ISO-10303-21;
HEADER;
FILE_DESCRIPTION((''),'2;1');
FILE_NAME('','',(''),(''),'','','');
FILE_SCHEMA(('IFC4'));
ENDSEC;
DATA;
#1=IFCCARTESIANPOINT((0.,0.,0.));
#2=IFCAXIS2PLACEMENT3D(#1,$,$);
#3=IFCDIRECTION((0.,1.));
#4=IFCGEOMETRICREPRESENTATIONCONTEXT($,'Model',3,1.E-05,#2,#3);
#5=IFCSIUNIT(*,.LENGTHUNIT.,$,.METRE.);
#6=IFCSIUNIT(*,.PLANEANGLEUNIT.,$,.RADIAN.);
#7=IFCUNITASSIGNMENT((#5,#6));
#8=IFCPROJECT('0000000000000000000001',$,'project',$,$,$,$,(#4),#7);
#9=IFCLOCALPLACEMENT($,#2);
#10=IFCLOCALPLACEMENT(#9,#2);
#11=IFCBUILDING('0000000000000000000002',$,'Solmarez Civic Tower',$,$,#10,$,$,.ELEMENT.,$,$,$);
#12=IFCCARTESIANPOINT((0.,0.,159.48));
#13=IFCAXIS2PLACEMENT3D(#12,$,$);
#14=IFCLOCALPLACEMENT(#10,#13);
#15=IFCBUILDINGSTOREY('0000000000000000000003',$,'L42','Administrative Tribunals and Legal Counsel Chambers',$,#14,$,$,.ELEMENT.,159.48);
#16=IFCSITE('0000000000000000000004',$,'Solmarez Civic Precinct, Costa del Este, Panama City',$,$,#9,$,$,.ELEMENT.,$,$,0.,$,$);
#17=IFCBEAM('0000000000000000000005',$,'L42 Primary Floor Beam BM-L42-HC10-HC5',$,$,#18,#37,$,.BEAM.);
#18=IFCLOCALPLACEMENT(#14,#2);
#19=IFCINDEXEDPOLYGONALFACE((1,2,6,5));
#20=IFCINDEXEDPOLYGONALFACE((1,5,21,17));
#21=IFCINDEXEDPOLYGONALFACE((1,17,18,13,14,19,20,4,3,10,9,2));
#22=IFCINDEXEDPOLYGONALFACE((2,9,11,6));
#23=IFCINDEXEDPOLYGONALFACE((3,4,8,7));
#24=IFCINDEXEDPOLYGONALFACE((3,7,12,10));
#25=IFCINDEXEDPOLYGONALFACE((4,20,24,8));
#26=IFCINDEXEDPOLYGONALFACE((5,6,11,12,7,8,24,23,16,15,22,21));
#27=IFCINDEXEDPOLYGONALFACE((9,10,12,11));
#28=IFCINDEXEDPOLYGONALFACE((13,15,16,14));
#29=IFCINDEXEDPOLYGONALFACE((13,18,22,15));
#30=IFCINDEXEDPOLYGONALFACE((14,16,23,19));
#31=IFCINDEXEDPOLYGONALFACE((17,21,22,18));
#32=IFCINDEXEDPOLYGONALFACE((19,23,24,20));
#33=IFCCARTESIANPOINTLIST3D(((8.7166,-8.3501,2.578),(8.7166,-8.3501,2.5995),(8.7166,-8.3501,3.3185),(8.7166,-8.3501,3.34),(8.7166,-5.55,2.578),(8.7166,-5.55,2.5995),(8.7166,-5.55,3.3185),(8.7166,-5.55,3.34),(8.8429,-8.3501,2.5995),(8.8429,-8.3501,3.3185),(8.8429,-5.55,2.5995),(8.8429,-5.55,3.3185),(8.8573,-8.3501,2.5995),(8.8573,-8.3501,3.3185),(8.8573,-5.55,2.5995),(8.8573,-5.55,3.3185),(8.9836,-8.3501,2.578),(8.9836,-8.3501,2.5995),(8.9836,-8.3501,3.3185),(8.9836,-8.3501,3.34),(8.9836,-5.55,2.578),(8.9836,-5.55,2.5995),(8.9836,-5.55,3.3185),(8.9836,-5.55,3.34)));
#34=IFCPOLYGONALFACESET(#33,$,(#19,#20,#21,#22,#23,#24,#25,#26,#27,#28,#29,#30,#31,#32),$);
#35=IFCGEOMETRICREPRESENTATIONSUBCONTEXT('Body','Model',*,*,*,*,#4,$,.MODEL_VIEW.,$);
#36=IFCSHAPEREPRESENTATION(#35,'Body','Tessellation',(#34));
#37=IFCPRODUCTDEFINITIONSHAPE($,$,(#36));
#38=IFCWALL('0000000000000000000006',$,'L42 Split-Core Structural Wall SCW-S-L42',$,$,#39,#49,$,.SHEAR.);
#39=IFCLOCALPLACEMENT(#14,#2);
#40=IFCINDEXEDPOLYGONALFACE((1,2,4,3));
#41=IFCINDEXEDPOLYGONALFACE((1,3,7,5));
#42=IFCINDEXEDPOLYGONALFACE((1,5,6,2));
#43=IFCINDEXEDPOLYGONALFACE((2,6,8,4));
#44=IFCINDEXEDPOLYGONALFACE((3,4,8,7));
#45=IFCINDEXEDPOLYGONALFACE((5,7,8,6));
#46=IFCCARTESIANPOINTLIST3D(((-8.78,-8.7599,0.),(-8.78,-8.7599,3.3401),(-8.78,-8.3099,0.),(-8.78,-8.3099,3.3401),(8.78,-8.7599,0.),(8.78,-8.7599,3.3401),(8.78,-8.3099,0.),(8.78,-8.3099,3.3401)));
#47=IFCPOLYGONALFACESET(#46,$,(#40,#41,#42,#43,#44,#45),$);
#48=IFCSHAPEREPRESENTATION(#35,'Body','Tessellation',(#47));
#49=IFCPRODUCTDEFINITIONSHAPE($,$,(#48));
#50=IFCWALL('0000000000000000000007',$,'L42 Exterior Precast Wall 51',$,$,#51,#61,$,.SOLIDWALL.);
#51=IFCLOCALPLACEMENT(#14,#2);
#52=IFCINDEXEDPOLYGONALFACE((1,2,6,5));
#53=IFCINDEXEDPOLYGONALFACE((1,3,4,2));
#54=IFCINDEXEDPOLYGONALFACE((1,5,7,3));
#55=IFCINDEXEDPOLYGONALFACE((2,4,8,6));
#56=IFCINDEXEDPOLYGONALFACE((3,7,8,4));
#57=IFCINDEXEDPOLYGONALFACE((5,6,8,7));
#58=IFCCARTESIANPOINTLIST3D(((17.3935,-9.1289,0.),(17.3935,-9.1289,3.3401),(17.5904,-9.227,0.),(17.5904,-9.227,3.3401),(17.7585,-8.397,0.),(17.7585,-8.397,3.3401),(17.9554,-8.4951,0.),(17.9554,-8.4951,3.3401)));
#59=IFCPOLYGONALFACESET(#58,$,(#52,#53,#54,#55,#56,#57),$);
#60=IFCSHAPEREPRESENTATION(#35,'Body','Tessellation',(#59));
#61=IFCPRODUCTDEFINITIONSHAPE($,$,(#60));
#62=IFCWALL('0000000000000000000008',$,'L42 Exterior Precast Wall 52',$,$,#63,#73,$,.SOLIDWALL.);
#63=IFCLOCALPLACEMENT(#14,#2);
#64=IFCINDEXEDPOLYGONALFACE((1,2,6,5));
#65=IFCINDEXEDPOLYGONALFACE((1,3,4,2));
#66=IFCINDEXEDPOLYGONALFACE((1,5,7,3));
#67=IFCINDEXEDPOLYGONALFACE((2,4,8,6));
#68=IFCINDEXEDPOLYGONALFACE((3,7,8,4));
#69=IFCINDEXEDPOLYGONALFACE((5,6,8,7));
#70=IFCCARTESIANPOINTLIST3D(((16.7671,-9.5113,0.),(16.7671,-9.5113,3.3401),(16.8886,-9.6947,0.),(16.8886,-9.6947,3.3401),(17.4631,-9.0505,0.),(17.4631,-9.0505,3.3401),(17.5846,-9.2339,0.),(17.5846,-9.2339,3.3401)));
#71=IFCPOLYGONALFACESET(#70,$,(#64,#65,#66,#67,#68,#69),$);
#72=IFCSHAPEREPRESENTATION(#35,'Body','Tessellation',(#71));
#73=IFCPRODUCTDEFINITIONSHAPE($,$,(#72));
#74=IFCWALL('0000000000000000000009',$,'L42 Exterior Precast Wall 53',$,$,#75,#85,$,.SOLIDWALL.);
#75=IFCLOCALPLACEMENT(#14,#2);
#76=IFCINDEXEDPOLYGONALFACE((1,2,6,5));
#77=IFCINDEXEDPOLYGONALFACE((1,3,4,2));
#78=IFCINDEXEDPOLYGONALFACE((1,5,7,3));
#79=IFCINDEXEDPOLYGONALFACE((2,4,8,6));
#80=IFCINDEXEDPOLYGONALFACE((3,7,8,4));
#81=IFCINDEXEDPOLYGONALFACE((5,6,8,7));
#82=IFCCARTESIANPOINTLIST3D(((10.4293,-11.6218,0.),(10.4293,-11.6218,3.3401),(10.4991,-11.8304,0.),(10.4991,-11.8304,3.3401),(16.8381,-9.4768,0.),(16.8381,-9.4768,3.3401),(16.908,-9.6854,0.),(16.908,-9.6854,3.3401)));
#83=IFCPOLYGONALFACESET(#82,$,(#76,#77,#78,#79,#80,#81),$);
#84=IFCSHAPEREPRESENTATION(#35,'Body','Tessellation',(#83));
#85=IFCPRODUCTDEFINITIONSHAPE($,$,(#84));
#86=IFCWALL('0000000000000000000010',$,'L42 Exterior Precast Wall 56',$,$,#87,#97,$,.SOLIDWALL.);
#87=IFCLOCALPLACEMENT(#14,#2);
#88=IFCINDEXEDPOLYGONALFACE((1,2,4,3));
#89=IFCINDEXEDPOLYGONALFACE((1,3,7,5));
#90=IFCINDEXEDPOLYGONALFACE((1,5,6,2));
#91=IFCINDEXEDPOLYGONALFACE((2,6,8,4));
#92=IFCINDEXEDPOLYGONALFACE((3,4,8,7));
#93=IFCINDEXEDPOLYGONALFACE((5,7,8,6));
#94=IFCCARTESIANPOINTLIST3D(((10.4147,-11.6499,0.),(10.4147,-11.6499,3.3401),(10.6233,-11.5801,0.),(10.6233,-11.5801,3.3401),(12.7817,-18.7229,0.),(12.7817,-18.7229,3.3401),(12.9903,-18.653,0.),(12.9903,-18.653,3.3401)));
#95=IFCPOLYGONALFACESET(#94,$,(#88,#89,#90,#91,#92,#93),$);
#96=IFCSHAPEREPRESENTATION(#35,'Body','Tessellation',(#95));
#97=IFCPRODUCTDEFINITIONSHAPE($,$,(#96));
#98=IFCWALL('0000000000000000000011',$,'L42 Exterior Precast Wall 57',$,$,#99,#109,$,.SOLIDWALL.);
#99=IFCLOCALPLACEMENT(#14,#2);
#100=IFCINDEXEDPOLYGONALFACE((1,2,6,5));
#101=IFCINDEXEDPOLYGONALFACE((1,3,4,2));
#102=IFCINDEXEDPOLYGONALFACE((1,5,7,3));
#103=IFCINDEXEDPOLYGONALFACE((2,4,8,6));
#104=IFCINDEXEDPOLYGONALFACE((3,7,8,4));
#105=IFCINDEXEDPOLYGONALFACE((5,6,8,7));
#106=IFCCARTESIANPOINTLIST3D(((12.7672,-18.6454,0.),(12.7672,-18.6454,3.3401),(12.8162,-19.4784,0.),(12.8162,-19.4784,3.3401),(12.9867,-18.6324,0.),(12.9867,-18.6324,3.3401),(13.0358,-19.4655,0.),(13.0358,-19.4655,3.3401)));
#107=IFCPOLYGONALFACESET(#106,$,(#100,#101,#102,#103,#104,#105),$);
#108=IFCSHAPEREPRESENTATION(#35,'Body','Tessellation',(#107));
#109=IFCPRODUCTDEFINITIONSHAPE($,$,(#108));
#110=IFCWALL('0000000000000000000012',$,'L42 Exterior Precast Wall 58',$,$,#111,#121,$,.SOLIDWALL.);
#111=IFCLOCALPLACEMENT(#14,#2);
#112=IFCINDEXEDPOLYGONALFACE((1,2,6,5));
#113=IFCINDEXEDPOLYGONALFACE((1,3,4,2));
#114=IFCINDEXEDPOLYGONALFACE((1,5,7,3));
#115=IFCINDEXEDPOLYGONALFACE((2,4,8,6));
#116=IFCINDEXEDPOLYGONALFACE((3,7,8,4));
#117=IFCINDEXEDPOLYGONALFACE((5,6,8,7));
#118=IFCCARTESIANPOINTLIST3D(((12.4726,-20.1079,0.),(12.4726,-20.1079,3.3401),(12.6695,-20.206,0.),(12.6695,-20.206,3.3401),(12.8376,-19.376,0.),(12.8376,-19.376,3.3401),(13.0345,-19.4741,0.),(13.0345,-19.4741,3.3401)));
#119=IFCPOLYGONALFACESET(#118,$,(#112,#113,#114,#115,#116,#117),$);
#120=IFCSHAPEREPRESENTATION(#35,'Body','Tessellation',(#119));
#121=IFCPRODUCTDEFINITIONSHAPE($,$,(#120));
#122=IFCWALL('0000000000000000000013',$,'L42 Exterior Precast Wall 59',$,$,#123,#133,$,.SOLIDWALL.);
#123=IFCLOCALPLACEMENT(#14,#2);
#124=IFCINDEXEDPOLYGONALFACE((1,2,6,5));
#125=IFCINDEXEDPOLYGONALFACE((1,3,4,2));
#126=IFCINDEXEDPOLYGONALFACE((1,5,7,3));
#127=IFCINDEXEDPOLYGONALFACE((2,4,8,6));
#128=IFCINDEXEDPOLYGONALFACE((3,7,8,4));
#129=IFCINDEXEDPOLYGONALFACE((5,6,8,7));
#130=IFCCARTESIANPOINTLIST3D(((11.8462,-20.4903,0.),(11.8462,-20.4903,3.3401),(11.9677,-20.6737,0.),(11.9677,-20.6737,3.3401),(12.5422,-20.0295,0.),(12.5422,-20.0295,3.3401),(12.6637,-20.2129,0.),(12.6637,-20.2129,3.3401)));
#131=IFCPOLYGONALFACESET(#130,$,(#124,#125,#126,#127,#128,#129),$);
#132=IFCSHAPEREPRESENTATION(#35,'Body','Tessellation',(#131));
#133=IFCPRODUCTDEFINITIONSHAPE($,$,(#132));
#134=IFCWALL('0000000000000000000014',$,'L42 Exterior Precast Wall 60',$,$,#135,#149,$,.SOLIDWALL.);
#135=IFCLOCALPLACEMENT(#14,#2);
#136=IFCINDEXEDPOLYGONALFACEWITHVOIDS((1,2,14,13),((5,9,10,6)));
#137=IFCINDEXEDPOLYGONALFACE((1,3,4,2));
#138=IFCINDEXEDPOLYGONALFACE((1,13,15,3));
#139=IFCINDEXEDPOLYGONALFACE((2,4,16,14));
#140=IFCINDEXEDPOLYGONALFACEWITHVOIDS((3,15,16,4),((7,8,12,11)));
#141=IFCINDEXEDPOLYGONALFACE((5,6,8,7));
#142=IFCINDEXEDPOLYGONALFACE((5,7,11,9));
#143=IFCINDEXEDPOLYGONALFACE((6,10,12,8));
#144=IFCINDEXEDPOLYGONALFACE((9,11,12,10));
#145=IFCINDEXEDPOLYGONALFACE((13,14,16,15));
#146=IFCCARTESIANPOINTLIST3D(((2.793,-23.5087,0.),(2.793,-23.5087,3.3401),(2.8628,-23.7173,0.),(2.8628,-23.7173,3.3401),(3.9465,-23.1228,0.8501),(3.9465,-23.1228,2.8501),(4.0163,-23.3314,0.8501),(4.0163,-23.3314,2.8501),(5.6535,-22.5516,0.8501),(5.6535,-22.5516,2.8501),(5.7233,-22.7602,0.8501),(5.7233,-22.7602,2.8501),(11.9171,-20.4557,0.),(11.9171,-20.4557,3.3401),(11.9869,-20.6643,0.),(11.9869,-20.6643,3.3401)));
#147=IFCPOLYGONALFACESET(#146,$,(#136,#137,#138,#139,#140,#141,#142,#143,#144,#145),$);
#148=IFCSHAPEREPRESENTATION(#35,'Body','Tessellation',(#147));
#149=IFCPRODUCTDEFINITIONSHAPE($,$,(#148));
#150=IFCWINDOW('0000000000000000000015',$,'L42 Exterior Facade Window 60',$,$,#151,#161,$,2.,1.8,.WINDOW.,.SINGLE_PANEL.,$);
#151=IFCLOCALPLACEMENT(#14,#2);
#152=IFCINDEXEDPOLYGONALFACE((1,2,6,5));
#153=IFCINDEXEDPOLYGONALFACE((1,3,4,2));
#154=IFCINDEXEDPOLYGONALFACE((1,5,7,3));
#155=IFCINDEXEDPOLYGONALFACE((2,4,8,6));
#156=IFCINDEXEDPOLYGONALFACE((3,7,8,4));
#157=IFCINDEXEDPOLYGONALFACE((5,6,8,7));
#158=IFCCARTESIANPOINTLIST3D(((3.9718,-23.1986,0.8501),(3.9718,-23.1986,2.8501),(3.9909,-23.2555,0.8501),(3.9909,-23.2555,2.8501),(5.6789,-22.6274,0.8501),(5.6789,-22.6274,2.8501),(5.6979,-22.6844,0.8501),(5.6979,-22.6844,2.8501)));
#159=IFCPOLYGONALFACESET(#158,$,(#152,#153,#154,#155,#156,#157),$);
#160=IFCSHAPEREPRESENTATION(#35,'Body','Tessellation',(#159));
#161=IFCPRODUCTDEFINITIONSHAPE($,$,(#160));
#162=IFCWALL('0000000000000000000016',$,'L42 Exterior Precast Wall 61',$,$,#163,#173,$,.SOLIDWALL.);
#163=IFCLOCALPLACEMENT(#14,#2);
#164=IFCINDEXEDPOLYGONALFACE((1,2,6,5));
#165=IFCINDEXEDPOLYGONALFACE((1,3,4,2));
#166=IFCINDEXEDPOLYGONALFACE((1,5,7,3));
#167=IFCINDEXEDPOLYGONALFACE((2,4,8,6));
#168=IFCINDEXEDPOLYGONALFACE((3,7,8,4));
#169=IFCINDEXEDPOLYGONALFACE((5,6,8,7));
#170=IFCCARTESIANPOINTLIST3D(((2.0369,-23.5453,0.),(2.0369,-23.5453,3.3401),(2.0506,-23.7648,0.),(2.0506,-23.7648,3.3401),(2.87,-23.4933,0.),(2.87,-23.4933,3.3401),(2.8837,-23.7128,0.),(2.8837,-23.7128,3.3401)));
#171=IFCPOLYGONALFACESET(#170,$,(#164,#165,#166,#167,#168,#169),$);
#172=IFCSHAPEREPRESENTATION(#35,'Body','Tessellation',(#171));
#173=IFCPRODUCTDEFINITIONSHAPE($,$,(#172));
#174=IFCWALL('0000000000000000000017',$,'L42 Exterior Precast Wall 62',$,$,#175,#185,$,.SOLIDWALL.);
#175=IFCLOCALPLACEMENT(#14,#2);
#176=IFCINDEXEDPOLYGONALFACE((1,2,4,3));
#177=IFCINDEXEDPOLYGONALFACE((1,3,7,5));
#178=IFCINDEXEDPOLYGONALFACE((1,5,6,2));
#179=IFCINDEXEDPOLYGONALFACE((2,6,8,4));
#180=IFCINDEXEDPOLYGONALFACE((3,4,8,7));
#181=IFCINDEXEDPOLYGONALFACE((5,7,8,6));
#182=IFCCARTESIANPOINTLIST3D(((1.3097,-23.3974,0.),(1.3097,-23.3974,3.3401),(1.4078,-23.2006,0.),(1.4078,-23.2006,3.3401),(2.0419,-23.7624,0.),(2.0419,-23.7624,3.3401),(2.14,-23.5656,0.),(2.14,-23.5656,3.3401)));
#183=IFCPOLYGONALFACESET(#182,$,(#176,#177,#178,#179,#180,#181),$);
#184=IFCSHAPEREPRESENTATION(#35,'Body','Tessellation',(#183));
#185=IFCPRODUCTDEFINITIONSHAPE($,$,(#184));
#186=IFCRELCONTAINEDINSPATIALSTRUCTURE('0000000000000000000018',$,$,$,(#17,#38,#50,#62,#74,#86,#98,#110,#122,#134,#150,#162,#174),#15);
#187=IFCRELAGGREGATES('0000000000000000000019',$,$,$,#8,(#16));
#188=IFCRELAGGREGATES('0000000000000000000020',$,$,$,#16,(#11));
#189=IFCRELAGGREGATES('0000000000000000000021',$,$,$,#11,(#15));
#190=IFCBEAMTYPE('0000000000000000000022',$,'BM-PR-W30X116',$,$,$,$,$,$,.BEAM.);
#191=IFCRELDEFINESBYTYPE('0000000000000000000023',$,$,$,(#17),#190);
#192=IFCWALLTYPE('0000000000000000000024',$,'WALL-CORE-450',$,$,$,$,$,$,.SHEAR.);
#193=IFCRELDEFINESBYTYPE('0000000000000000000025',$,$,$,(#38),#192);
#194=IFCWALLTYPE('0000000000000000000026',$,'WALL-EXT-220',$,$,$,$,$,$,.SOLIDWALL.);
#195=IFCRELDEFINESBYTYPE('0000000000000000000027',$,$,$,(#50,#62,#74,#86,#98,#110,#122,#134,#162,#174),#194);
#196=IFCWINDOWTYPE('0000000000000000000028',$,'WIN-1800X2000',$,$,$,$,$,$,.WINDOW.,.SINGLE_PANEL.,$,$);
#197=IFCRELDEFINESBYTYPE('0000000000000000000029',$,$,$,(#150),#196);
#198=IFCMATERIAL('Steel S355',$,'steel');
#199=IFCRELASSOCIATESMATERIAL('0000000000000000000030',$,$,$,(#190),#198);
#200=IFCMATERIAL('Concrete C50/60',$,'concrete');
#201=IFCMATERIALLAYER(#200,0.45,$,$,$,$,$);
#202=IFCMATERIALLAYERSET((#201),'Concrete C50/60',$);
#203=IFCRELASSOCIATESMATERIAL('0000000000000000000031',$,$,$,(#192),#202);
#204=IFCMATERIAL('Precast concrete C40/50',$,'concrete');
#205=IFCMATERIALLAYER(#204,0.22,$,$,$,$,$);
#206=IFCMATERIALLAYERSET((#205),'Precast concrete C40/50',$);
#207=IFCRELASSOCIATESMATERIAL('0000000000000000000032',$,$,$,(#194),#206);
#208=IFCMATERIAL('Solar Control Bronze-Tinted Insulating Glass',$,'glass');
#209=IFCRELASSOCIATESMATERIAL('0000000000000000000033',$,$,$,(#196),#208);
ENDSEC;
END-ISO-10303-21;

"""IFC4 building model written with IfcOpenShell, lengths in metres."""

from ifc_helpers import new_model, si_unit, direction, frame, frame_2d, origin, origin_2d, place, context, subcontext, project, spatial, rectangle, i_section, extrude, material, layer, layer_set, material_profile, profile_set, type_object, element, fill, save


model = new_model("IFC4")

# Units and contexts
model_context = context("Model", 3, precision=1e-05, world=origin(), true_north=direction((0.0, 1.0)))
body_context = subcontext(model_context, "Body", "Model", "MODEL_VIEW")
ifc_project = project(units=[si_unit("LENGTHUNIT", "METRE"), si_unit("PLANEANGLEUNIT", "RADIAN")], contexts=[model_context])

# Site, building, storey
site_placement = place(None, origin())
site = spatial("IfcSite", under=ifc_project, at=site_placement, Name="Solmarez Civic Precinct, Costa del Este, Panama City", CompositionType="ELEMENT", RefElevation=0.0)
building_placement = place(site_placement, origin())
building = spatial("IfcBuilding", under=site, at=building_placement, Name="Solmarez Civic Tower", CompositionType="ELEMENT")
storey_placement = place(building_placement, frame((0.0, 0.0, 159.48)))
storey = spatial("IfcBuildingStorey", under=building, at=storey_placement, Name="L42", Description="Administrative Tribunals and Legal Counsel Chambers", CompositionType="ELEMENT", Elevation=159.48)

# Shared definitions
ifc_material_1 = material(Name="Concrete C50/60", Category="concrete")
ifc_material_2 = material(Name="Steel S355", Category="steel")

# Beam
ifc_material_profile_1 = material_profile(ifc_material_2, i_section(OverallWidth=0.2671, OverallDepth=0.762, WebThickness=0.0144, FlangeThickness=0.0215, at=origin_2d()), Name="W30X116")
ifc_profile_set_1 = profile_set([ifc_material_profile_1], Name="Steel S355")
beam_type_1 = type_object("IfcBeamType", Name="BM-PR-W30X116", PredefinedType="BEAM", material=ifc_profile_set_1)
beam_1_placement = place(storey_placement, frame((8.8501, -8.3501, 2.959), z_axis=(0.0, 1.0, 0.0), x_axis=(-1.0, 0.0, 0.0)))
element("IfcBeam", 1, at=beam_1_placement, inside=storey, type_object=beam_type_1, Name="L42 Primary Floor Beam BM-L42-HC10-HC5", PredefinedType="BEAM", context=body_context, shape_type="SweptSolid", body=[
    extrude(i_section(OverallWidth=0.2671, OverallDepth=0.762, WebThickness=0.0144, FlangeThickness=0.0215, at=origin_2d()), origin(), (0.0, 0.0, 1.0), 2.8),
])

# Walls
ifc_layer_1 = layer(ifc_material_1, 0.45)
ifc_layer_set_1 = layer_set([ifc_layer_1], Name="Concrete C50/60")
wall_type_1 = type_object("IfcWallType", Name="WALL-CORE-450", PredefinedType="SHEAR", material=ifc_layer_set_1)
wall_1_placement = place(storey_placement, frame((8.78, -8.5349, 0.0), z_axis=(0.0, 0.0, 1.0), x_axis=(-1.0, 0.0, 0.0)))
element("IfcWall", 2, at=wall_1_placement, inside=storey, type_object=wall_type_1, Name="L42 Split-Core Structural Wall SCW-S-L42", PredefinedType="SHEAR", context=body_context, shape_type="SweptSolid", body=[
    extrude(rectangle(XDim=17.5601, YDim=0.45, at=frame_2d((8.78, 0.0))), origin(), (0.0, 0.0, 1.0), 3.3401),
])
ifc_material_3 = material(Name="Precast concrete C40/50", Category="concrete")
ifc_layer_2 = layer(ifc_material_3, 0.22)
ifc_layer_set_2 = layer_set([ifc_layer_2], Name="Precast concrete C40/50")
wall_type_2 = type_object("IfcWallType", Name="WALL-EXT-220", PredefinedType="SOLIDWALL", material=ifc_layer_set_2)
wall_2_placement = place(storey_placement, frame((17.8569, -8.446, 0.0), z_axis=(0.0, 0.0, 1.0), x_axis=(-0.446258, -0.894904, 0.0)))
element("IfcWall", 3, at=wall_2_placement, inside=storey, type_object=wall_type_2, Name="L42 Exterior Precast Wall 51", PredefinedType="SOLIDWALL", context=body_context, shape_type="SweptSolid", body=[
    extrude(rectangle(XDim=0.8179, YDim=0.22, at=frame_2d((0.4089, 0.0))), origin(), (0.0, 0.0, 1.0), 3.3401),
])
wall_3_placement = place(storey_placement, frame((17.5239, -9.1421, 0.0), z_axis=(0.0, 0.0, 1.0), x_axis=(-0.833756, -0.552133, 0.0)))
element("IfcWall", 4, at=wall_3_placement, inside=storey, type_object=wall_type_2, Name="L42 Exterior Precast Wall 52", PredefinedType="SOLIDWALL", context=body_context, shape_type="SweptSolid", body=[
    extrude(rectangle(XDim=0.8347, YDim=0.22, at=frame_2d((0.4175, 0.0))), origin(), (0.0, 0.0, 1.0), 3.3401),
])
wall_4_placement = place(storey_placement, frame((16.873, -9.5811, 0.0), z_axis=(0.0, 0.0, 1.0), x_axis=(-0.948296, -0.317387, 0.0)))
element("IfcWall", 5, at=wall_4_placement, inside=storey, type_object=wall_type_2, Name="L42 Exterior Precast Wall 53", PredefinedType="SOLIDWALL", context=body_context, shape_type="SweptSolid", body=[
    extrude(rectangle(XDim=6.7583, YDim=0.22, at=frame_2d((3.3792, 0.0))), origin(), (0.0, 0.0, 1.0), 3.3401),
])
wall_5_placement = place(storey_placement, frame((10.519, -11.615, 0.0), z_axis=(0.0, 0.0, 1.0), x_axis=(0.317347, -0.948309, 0.0)))
element("IfcWall", 6, at=wall_5_placement, inside=storey, type_object=wall_type_2, Name="L42 Exterior Precast Wall 56", PredefinedType="SOLIDWALL", context=body_context, shape_type="SweptSolid", body=[
    extrude(rectangle(XDim=7.4585, YDim=0.22, at=frame_2d((3.7292, 0.0))), origin(), (0.0, 0.0, 1.0), 3.3401),
])
wall_6_placement = place(storey_placement, frame((12.877, -18.6389, 0.0), z_axis=(0.0, 0.0, 1.0), x_axis=(0.058808, -0.998269, 0.0)))
element("IfcWall", 7, at=wall_6_placement, inside=storey, type_object=wall_type_2, Name="L42 Exterior Precast Wall 57", PredefinedType="SOLIDWALL", context=body_context, shape_type="SweptSolid", body=[
    extrude(rectangle(XDim=0.8345, YDim=0.22, at=frame_2d((0.4172, 0.0))), origin(), (0.0, 0.0, 1.0), 3.3401),
])
wall_7_placement = place(storey_placement, frame((12.936, -19.425, 0.0), z_axis=(0.0, 0.0, 1.0), x_axis=(-0.446258, -0.894904, 0.0)))
element("IfcWall", 8, at=wall_7_placement, inside=storey, type_object=wall_type_2, Name="L42 Exterior Precast Wall 58", PredefinedType="SOLIDWALL", context=body_context, shape_type="SweptSolid", body=[
    extrude(rectangle(XDim=0.8179, YDim=0.22, at=frame_2d((0.4089, 0.0))), origin(), (0.0, 0.0, 1.0), 3.3401),
])
wall_8_placement = place(storey_placement, frame((12.603, -20.1211, 0.0), z_axis=(0.0, 0.0, 1.0), x_axis=(-0.833756, -0.552133, 0.0)))
element("IfcWall", 9, at=wall_8_placement, inside=storey, type_object=wall_type_2, Name="L42 Exterior Precast Wall 59", PredefinedType="SOLIDWALL", context=body_context, shape_type="SweptSolid", body=[
    extrude(rectangle(XDim=0.8347, YDim=0.22, at=frame_2d((0.4175, 0.0))), origin(), (0.0, 0.0, 1.0), 3.3401),
])

# Wall, opening, window
wall_9_placement = place(storey_placement, frame((11.9519, -20.5601, 0.0), z_axis=(0.0, 0.0, 1.0), x_axis=(-0.94832, -0.317316, 0.0)))
wall_9 = element("IfcWall", 10, at=wall_9_placement, inside=storey, type_object=wall_type_2, Name="L42 Exterior Precast Wall 60", PredefinedType="SOLIDWALL", context=body_context, shape_type="SweptSolid", body=[
    extrude(rectangle(XDim=9.6213, YDim=0.22, at=frame_2d((4.8105, 0.0))), origin(), (0.0, 0.0, 1.0), 3.3401),
])
opening_1_placement = place(wall_9_placement, frame((6.605, 0.0, 0.8501)))
opening_1 = element("IfcOpeningElement", 11, at=opening_1_placement, cuts=wall_9, PredefinedType="OPENING", context=body_context, shape_type="SweptSolid", body=[
    extrude(rectangle(XDim=1.8, YDim=2.0, at=frame_2d((0.8999, 1.0))), frame((0.0, 0.1199, 0.0), z_axis=(0.0, -1.0, 0.0), x_axis=(1.0, 0.0, 0.0)), (0.0, 0.0, 1.0), 0.24),
])
ifc_material_4 = material(Name="Solar Control Bronze-Tinted Insulating Glass", Category="glass")
window_type = type_object("IfcWindowType", Name="WIN-1800X2000", PartitioningType="SINGLE_PANEL", PredefinedType="WINDOW", material=ifc_material_4)
window_placement = place(opening_1_placement, origin())
window = element("IfcWindow", 12, at=window_placement, inside=storey, type_object=window_type, Name="L42 Exterior Facade Window 60", OverallHeight=2.0, OverallWidth=1.8, PartitioningType="SINGLE_PANEL", PredefinedType="WINDOW", context=body_context, shape_type="SweptSolid", body=[
    extrude(rectangle(XDim=1.8, YDim=2.0, at=frame_2d((0.8999, 1.0))), frame((0.0, 0.03, 0.0), z_axis=(0.0, -1.0, 0.0), x_axis=(1.0, 0.0, 0.0)), (0.0, 0.0, 1.0), 0.0601),
])
fill(opening_1, window)

# Walls
wall_10_placement = place(storey_placement, frame((2.877, -23.603, 0.0), z_axis=(0.0, 0.0, 1.0), x_axis=(-0.998057, -0.062305, 0.0)))
element("IfcWall", 13, at=wall_10_placement, inside=storey, type_object=wall_type_2, Name="L42 Exterior Precast Wall 61", PredefinedType="SOLIDWALL", context=body_context, shape_type="SweptSolid", body=[
    extrude(rectangle(XDim=0.8347, YDim=0.22, at=frame_2d((0.4175, 0.0))), origin(), (0.0, 0.0, 1.0), 3.3401),
])
wall_11_placement = place(storey_placement, frame((2.0911, -23.6641, 0.0), z_axis=(0.0, 0.0, 1.0), x_axis=(-0.894964, 0.446139, 0.0)))
element("IfcWall", 14, at=wall_11_placement, inside=storey, type_object=wall_type_2, Name="L42 Exterior Precast Wall 62", PredefinedType="SOLIDWALL", context=body_context, shape_type="SweptSolid", body=[
    extrude(rectangle(XDim=0.8181, YDim=0.22, at=frame_2d((0.4092, 0.0))), origin(), (0.0, 0.0, 1.0), 3.3401),
])

save(model, "model.ifc")
